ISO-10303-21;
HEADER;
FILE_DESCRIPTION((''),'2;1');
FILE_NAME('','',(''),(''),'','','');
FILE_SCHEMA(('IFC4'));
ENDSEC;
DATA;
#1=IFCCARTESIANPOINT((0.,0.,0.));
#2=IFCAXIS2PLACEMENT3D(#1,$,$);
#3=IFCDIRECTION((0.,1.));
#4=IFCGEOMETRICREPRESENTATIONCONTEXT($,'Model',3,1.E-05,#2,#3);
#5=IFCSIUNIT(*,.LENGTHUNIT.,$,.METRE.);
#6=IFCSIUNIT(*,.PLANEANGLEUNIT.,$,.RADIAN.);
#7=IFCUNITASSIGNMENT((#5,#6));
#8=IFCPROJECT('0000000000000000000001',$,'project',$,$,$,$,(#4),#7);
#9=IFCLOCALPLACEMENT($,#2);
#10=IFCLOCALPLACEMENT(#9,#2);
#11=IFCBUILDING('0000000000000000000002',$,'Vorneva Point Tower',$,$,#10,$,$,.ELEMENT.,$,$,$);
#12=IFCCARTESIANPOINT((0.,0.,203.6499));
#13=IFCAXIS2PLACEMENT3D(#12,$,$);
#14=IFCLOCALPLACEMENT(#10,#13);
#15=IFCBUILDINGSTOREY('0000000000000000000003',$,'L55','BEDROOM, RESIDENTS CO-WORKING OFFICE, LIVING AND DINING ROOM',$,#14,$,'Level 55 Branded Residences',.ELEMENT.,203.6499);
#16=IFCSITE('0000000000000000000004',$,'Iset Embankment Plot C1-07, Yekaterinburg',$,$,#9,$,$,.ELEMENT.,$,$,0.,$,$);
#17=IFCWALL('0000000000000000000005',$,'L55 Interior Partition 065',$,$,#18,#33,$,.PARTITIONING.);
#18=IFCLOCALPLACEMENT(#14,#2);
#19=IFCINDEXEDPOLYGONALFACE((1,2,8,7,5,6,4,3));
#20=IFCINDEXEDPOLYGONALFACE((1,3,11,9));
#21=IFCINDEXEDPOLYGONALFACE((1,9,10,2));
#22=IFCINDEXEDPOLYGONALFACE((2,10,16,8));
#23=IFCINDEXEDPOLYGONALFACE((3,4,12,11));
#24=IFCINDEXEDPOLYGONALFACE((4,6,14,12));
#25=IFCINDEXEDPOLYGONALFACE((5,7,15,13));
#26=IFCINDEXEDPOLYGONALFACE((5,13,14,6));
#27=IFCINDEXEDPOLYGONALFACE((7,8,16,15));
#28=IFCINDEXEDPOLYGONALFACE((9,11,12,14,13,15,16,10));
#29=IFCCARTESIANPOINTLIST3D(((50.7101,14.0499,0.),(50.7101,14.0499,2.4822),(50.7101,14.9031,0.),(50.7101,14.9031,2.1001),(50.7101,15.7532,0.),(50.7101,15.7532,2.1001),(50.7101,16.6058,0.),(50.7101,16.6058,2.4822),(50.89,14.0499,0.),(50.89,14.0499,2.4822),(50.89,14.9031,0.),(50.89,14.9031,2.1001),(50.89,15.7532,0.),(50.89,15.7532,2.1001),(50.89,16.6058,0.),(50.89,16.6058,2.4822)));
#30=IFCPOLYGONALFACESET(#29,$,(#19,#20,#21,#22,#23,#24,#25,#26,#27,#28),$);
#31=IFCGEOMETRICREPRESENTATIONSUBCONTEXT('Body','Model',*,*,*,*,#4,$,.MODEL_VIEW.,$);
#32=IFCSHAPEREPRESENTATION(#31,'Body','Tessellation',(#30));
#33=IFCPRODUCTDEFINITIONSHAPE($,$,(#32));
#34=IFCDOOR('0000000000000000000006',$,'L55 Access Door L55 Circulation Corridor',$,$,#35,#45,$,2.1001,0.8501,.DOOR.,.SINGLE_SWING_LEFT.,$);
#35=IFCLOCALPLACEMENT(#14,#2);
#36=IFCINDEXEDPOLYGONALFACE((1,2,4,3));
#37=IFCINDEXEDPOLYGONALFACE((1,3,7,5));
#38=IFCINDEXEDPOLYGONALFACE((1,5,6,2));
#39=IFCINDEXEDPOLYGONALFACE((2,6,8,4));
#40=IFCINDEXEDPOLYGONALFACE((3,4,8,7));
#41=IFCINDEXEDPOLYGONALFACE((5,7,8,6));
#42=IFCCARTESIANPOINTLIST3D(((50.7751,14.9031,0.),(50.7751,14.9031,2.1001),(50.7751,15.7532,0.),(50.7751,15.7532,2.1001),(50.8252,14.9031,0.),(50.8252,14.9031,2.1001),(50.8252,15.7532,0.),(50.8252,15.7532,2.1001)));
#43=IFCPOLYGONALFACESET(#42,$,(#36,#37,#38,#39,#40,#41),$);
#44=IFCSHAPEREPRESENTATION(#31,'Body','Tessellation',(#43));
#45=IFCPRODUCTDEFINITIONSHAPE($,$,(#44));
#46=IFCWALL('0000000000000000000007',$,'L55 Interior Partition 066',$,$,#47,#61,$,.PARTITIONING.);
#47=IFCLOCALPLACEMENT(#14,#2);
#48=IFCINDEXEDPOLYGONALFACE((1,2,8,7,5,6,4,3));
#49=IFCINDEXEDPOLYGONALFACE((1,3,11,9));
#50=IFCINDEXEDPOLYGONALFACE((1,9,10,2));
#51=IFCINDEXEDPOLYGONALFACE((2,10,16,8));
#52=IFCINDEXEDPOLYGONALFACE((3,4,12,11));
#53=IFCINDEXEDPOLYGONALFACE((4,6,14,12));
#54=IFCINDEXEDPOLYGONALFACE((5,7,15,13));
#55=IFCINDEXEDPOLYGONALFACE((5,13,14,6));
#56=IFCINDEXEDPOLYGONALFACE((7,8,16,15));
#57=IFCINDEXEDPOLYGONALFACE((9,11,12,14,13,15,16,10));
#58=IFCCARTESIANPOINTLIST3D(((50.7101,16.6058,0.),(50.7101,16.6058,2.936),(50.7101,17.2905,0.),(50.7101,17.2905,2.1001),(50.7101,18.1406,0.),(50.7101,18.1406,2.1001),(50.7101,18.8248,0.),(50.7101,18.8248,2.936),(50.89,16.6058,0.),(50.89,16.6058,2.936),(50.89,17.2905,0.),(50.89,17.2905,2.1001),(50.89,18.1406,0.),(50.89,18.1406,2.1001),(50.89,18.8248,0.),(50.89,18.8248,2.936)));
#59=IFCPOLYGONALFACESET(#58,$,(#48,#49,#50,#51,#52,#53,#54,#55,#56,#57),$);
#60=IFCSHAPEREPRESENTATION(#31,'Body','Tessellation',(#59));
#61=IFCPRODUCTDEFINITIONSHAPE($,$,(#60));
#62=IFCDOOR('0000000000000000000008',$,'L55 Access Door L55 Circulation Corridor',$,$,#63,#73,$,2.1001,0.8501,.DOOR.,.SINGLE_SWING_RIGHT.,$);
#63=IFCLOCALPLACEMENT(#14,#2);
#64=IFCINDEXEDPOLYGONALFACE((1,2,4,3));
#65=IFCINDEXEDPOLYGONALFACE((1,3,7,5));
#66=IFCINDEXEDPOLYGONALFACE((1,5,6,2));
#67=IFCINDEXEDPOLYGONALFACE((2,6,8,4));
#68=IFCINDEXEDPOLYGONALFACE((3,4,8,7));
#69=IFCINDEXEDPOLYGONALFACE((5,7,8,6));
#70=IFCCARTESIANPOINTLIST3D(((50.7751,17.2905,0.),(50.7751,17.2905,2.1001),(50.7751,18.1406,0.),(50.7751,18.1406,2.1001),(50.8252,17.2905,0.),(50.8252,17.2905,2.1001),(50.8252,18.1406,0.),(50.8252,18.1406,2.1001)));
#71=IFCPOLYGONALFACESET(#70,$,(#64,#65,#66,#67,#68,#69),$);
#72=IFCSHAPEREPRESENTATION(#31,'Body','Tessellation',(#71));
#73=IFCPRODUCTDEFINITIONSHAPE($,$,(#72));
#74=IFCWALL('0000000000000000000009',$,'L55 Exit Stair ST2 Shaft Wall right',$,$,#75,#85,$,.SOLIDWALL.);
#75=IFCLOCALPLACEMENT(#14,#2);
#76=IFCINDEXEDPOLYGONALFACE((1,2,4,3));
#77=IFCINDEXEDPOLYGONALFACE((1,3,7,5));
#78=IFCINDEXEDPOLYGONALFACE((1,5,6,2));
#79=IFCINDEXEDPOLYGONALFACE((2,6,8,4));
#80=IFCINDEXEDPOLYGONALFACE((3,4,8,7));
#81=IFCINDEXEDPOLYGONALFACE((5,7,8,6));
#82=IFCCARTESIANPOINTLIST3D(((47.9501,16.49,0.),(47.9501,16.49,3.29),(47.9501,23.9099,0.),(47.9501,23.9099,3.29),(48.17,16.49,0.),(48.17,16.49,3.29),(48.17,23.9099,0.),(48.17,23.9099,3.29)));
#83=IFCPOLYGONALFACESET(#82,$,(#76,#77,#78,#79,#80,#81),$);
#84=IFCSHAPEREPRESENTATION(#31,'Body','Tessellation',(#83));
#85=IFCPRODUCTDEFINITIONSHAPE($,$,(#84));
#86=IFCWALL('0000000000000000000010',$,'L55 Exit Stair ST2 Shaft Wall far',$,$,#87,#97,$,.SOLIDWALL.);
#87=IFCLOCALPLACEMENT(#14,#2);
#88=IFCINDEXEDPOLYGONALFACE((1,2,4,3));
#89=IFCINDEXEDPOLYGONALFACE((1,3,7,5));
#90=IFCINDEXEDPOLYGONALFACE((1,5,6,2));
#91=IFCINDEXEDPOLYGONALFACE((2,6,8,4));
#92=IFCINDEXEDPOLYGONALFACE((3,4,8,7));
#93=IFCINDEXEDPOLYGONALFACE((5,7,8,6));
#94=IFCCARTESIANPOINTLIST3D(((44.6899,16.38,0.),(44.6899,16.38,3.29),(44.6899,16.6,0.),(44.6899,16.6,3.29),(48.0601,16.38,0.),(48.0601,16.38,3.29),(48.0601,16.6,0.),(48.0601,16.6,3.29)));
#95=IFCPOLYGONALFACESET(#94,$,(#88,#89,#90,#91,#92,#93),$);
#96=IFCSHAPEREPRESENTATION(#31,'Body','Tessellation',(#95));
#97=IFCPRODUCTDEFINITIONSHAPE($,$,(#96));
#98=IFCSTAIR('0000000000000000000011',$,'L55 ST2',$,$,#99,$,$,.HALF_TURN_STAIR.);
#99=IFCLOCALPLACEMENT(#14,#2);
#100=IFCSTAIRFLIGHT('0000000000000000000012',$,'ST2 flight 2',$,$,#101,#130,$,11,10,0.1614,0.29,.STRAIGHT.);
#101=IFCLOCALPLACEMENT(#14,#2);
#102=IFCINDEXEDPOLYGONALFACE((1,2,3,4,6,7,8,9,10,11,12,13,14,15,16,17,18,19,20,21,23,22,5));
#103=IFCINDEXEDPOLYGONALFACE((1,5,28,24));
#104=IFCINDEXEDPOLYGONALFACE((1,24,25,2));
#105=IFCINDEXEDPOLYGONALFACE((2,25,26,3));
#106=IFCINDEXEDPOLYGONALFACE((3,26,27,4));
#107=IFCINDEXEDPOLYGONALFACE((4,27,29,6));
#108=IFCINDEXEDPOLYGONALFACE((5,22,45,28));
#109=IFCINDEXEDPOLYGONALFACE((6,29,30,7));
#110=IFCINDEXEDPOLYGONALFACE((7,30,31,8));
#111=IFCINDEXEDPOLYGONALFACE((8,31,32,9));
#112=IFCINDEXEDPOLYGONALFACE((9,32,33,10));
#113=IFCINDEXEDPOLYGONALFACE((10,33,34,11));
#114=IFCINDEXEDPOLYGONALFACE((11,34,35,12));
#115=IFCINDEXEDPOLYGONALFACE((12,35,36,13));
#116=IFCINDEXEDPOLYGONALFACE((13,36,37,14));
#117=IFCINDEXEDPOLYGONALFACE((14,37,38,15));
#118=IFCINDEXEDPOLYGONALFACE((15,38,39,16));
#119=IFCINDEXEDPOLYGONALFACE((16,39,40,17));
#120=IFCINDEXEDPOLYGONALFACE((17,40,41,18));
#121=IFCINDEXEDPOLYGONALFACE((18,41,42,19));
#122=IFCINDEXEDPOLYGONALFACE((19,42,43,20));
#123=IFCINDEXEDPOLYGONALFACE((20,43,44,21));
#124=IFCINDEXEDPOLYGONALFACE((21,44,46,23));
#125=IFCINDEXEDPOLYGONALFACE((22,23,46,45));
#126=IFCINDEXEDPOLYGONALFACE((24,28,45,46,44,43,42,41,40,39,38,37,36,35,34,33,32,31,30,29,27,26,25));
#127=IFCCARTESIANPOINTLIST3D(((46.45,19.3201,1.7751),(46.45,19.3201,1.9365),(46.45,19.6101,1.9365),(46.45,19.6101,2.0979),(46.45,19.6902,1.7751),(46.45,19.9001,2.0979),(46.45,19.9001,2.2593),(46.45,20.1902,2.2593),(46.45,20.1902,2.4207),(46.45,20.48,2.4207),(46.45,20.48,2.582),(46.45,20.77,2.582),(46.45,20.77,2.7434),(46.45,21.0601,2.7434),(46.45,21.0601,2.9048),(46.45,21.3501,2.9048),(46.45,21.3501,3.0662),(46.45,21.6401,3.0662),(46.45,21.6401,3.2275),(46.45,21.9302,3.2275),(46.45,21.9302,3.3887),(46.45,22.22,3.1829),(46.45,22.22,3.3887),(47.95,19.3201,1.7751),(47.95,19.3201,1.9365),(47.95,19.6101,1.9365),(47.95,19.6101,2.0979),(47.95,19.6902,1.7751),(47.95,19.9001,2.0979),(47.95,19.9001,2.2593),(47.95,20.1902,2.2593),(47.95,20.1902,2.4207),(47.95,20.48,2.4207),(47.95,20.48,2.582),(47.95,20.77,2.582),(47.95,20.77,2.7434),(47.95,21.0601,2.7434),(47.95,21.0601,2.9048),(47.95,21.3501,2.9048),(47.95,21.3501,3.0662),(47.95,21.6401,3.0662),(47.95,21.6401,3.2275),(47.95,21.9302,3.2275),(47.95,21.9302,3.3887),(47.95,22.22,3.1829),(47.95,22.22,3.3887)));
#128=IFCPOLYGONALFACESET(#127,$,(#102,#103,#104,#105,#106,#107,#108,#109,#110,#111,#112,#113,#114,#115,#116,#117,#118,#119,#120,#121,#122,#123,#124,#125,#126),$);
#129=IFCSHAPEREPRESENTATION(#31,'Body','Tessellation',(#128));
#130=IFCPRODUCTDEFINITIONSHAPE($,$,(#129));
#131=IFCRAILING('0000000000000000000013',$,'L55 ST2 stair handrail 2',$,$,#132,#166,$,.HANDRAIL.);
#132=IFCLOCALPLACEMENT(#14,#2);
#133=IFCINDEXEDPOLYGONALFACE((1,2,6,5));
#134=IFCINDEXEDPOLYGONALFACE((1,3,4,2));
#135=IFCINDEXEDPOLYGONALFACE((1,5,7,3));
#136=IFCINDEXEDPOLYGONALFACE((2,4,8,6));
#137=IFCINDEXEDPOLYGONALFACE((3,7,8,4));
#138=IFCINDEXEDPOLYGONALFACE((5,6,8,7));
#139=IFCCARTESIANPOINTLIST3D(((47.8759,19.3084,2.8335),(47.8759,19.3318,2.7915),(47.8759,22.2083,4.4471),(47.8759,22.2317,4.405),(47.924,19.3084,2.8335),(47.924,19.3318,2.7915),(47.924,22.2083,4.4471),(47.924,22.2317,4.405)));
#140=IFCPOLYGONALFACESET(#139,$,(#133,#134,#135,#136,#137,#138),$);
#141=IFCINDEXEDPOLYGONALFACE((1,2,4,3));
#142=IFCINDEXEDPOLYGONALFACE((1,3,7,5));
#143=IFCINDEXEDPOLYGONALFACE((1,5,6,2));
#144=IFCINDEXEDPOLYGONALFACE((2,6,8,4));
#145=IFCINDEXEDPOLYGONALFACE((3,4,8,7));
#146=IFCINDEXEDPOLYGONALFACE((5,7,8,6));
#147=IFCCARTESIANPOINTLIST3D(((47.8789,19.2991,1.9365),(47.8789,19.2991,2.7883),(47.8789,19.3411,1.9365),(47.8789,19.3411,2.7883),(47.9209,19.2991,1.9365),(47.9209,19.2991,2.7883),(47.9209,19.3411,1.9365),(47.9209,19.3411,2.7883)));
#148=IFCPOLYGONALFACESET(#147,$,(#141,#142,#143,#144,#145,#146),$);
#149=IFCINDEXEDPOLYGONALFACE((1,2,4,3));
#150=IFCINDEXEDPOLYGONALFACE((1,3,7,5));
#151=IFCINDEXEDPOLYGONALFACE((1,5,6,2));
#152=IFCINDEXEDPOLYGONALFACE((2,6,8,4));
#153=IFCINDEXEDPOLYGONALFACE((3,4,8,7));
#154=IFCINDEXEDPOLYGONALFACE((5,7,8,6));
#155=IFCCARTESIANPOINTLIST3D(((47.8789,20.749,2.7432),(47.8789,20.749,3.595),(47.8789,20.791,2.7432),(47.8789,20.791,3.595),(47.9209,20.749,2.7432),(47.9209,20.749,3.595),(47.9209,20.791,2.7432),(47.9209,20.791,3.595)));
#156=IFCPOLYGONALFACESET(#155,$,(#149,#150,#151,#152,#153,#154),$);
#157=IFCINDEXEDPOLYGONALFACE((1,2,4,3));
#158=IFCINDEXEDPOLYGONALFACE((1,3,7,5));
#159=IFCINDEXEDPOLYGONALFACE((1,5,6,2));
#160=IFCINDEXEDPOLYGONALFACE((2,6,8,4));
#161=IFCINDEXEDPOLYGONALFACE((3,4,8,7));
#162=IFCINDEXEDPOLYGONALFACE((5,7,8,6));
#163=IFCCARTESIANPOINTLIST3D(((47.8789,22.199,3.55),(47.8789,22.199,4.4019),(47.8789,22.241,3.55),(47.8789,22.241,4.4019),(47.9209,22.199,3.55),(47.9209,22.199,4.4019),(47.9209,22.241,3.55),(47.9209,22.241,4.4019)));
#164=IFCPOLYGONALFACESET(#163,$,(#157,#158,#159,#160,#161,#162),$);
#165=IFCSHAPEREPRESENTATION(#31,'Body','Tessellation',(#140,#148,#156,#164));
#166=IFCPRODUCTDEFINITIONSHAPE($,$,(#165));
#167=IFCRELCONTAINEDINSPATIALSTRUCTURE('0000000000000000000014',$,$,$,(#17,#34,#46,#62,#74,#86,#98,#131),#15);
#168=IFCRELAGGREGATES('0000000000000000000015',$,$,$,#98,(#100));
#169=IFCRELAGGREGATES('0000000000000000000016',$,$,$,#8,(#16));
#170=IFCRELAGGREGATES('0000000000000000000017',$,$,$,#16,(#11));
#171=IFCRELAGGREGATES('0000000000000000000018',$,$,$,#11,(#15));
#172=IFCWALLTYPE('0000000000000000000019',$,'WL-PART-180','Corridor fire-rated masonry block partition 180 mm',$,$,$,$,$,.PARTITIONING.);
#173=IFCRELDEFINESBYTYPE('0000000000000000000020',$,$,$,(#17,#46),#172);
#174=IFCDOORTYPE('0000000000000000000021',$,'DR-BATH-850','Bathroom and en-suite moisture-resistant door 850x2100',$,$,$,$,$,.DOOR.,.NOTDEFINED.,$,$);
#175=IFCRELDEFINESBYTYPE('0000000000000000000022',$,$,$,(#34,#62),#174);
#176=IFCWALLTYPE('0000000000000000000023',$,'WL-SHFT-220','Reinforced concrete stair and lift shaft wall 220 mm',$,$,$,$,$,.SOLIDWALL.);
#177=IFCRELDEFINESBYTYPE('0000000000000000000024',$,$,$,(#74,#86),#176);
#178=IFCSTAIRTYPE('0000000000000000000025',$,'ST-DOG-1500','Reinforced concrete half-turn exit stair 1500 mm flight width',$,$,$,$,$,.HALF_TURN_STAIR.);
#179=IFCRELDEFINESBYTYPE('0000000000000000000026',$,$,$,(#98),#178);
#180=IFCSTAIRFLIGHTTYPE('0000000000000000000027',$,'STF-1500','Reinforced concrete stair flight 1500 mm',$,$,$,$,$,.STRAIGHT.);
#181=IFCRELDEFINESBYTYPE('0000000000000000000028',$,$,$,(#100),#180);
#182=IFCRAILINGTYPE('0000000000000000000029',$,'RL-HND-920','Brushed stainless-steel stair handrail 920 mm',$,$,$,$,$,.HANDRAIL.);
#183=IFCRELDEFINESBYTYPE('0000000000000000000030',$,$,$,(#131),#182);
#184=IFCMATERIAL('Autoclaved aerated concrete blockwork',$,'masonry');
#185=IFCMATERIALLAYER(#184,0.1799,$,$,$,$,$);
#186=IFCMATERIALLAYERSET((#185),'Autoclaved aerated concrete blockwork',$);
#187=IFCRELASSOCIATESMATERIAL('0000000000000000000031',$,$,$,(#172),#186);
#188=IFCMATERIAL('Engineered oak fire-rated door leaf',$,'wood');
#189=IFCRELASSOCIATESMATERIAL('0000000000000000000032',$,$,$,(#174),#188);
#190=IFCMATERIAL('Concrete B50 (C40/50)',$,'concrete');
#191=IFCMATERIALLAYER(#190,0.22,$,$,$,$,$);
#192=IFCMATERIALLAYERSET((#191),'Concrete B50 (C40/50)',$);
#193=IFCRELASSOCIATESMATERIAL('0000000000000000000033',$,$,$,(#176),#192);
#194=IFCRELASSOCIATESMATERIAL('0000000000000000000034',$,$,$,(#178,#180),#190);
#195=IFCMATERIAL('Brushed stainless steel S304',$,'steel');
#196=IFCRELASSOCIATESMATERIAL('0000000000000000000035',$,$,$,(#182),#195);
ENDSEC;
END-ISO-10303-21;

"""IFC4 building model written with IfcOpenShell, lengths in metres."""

from ifc_helpers import new_model, si_unit, direction, frame, frame_2d, origin, origin_2d, place, context, subcontext, project, spatial, polyline, rectangle, outline, extrude, material, layer, layer_set, type_object, element, fill, aggregate, save


model = new_model("IFC4")

# Units and contexts
model_context = context("Model", 3, precision=1e-05, world=origin(), true_north=direction((0.0, 1.0)))
body_context = subcontext(model_context, "Body", "Model", "MODEL_VIEW")
ifc_project = project(units=[si_unit("LENGTHUNIT", "METRE"), si_unit("PLANEANGLEUNIT", "RADIAN")], contexts=[model_context])

# Site, building, storey
site_placement = place(None, origin())
site = spatial("IfcSite", under=ifc_project, at=site_placement, Name="Iset Embankment Plot C1-07, Yekaterinburg", CompositionType="ELEMENT", RefElevation=0.0)
building_placement = place(site_placement, origin())
building = spatial("IfcBuilding", under=site, at=building_placement, Name="Vorneva Point Tower", CompositionType="ELEMENT")
storey_placement = place(building_placement, frame((0.0, 0.0, 203.6499)))
storey = spatial("IfcBuildingStorey", under=building, at=storey_placement, Name="L55", Description="BEDROOM, RESIDENTS CO-WORKING OFFICE, LIVING AND DINING ROOM", LongName="Level 55 Branded Residences", CompositionType="ELEMENT", Elevation=203.6499)

# Shared definitions
ifc_material_1 = material(Name="Concrete B50 (C40/50)", Category="concrete")

# Shared definitions
ifc_material_2 = material(Name="Engineered oak fire-rated door leaf", Category="wood")

# Walls, openings, doors
ifc_material_3 = material(Name="Autoclaved aerated concrete blockwork", Category="masonry")
ifc_layer_1 = layer(ifc_material_3, 0.1799)
ifc_layer_set_1 = layer_set([ifc_layer_1], Name="Autoclaved aerated concrete blockwork")
wall_type_1 = type_object("IfcWallType", Name="WL-PART-180", Description="Corridor fire-rated masonry block partition 180 mm", PredefinedType="PARTITIONING", material=ifc_layer_set_1)
door_type_1 = type_object("IfcDoorType", Name="DR-BATH-850", Description="Bathroom and en-suite moisture-resistant door 850x2100", OperationType="NOTDEFINED", PredefinedType="DOOR", material=ifc_material_2)
wall_1_placement = place(storey_placement, frame((50.8, 14.05, 0.0), z_axis=(0.0, 0.0, 1.0), x_axis=(0.0, 1.0, 0.0)))
wall_1 = element("IfcWall", 1, at=wall_1_placement, inside=storey, type_object=wall_type_1, Name="L55 Interior Partition 065", PredefinedType="PARTITIONING", context=body_context, shape_type="SweptSolid", body=[
    extrude(rectangle(XDim=2.5559, YDim=0.1799, at=frame_2d((1.2778, 0.0))), origin(), (0.0, 0.0, 1.0), 2.4822),
])
opening_1_placement = place(wall_1_placement, frame((0.853, 0.0, 0.0)))
opening_1 = element("IfcOpeningElement", 2, at=opening_1_placement, cuts=wall_1, PredefinedType="OPENING", context=body_context, shape_type="SweptSolid", body=[
    extrude(rectangle(XDim=0.8501, YDim=2.1001, at=frame_2d((0.425, 1.05))), frame((0.0, 0.105, 0.0), z_axis=(0.0, -1.0, 0.0), x_axis=(1.0, 0.0, 0.0)), (0.0, 0.0, 1.0), 0.2097),
])
door_1_placement = place(opening_1_placement, origin())
door_1 = element("IfcDoor", 3, at=door_1_placement, inside=storey, type_object=door_type_1, Name="L55 Access Door L55 Circulation Corridor", OperationType="SINGLE_SWING_LEFT", OverallHeight=2.1001, OverallWidth=0.8501, PredefinedType="DOOR", context=body_context, shape_type="SweptSolid", body=[
    extrude(rectangle(XDim=0.8501, YDim=2.1001, at=frame_2d((0.425, 1.05))), frame((0.0, 0.0249, 0.0), z_axis=(0.0, -1.0, 0.0), x_axis=(1.0, 0.0, 0.0)), (0.0, 0.0, 1.0), 0.05),
])
fill(opening_1, door_1)
wall_2_placement = place(storey_placement, frame((50.8, 16.606, 0.0), z_axis=(0.0, 0.0, 1.0), x_axis=(0.0, 1.0, 0.0)))
wall_2 = element("IfcWall", 4, at=wall_2_placement, inside=storey, type_object=wall_type_1, Name="L55 Interior Partition 066", PredefinedType="PARTITIONING", context=body_context, shape_type="SweptSolid", body=[
    extrude(rectangle(XDim=2.219, YDim=0.1799, at=frame_2d((1.1094, 0.0))), origin(), (0.0, 0.0, 1.0), 2.936),
])
opening_2_placement = place(wall_2_placement, frame((0.6846, 0.0, 0.0)))
opening_2 = element("IfcOpeningElement", 5, at=opening_2_placement, cuts=wall_2, PredefinedType="OPENING", context=body_context, shape_type="SweptSolid", body=[
    extrude(rectangle(XDim=0.8501, YDim=2.1001, at=frame_2d((0.425, 1.05))), frame((0.0, 0.105, 0.0), z_axis=(0.0, -1.0, 0.0), x_axis=(1.0, 0.0, 0.0)), (0.0, 0.0, 1.0), 0.2097),
])
door_2_placement = place(opening_2_placement, origin())
door_2 = element("IfcDoor", 6, at=door_2_placement, inside=storey, type_object=door_type_1, Name="L55 Access Door L55 Circulation Corridor", OperationType="SINGLE_SWING_RIGHT", OverallHeight=2.1001, OverallWidth=0.8501, PredefinedType="DOOR", context=body_context, shape_type="SweptSolid", body=[
    extrude(rectangle(XDim=0.8501, YDim=2.1001, at=frame_2d((0.425, 1.05))), frame((0.0, 0.0249, 0.0), z_axis=(0.0, -1.0, 0.0), x_axis=(1.0, 0.0, 0.0)), (0.0, 0.0, 1.0), 0.05),
])
fill(opening_2, door_2)

# Walls
ifc_layer_2 = layer(ifc_material_1, 0.22)
ifc_layer_set_2 = layer_set([ifc_layer_2], Name="Concrete B50 (C40/50)")
wall_type_2 = type_object("IfcWallType", Name="WL-SHFT-220", Description="Reinforced concrete stair and lift shaft wall 220 mm", PredefinedType="SOLIDWALL", material=ifc_layer_set_2)
wall_3_placement = place(storey_placement, frame((48.0601, 23.9099, 0.0), z_axis=(0.0, 0.0, 1.0), x_axis=(0.0, -1.0, 0.0)))
element("IfcWall", 7, at=wall_3_placement, inside=storey, type_object=wall_type_2, Name="L55 Exit Stair ST2 Shaft Wall right", PredefinedType="SOLIDWALL", context=body_context, shape_type="SweptSolid", body=[
    extrude(rectangle(XDim=7.4199, YDim=0.22, at=frame_2d((3.71, 0.0))), origin(), (0.0, 0.0, 1.0), 3.29),
])
wall_4_placement = place(storey_placement, frame((48.0601, 16.49, 0.0), z_axis=(0.0, 0.0, 1.0), x_axis=(-1.0, 0.0, 0.0)))
element("IfcWall", 8, at=wall_4_placement, inside=storey, type_object=wall_type_2, Name="L55 Exit Stair ST2 Shaft Wall far", PredefinedType="SOLIDWALL", context=body_context, shape_type="SweptSolid", body=[
    extrude(rectangle(XDim=3.3701, YDim=0.22, at=frame_2d((1.6851, 0.0))), origin(), (0.0, 0.0, 1.0), 3.29),
])

# Stair, stair flight
stair_type = type_object("IfcStairType", Name="ST-DOG-1500", Description="Reinforced concrete half-turn exit stair 1500 mm flight width", PredefinedType="HALF_TURN_STAIR", material=ifc_material_1)
stair_placement = place(storey_placement, origin())
stair = element("IfcStair", 9, at=stair_placement, inside=storey, type_object=stair_type, Name="L55 ST2", PredefinedType="HALF_TURN_STAIR")
stair_flight_type = type_object("IfcStairFlightType", Name="STF-1500", Description="Reinforced concrete stair flight 1500 mm", PredefinedType="STRAIGHT", material=ifc_material_1)
stair_flight_placement = place(storey_placement, frame((47.2, 19.3201, 1.7751), z_axis=(0.0, 0.0, 1.0), x_axis=(0.0, 1.0, 0.0)))
stair_flight = element("IfcStairFlight", 10, at=stair_flight_placement, type_object=stair_flight_type, Name="ST2 flight 2", NumberOfRisers=11, NumberOfTreads=10, PredefinedType="STRAIGHT", RiserHeight=0.1614, TreadLength=0.29, context=body_context, shape_type="SweptSolid", body=[
    extrude(outline(polyline([(0.0, 0.0), (0.0, 0.1614), (0.29, 0.1614), (0.29, 0.3228), (0.5801, 0.3228), (0.5801, 0.4841), (0.8701, 0.4841), (0.8701, 0.6455), (1.1599, 0.6455), (1.1599, 0.8069), (1.45, 0.8069), (1.45, 0.9683), (1.74, 0.9683), (1.74, 1.1296), (2.03, 1.1296), (2.03, 1.291), (2.3201, 1.291), (2.3201, 1.4524), (2.6101, 1.4524), (2.6101, 1.6135), (2.8999, 1.6135), (2.8999, 1.7749), (2.8999, 1.4077), (0.3701, 0.0), (0.0, 0.0)])), frame((0.0, 0.75, 0.0), z_axis=(0.0, -1.0, 0.0), x_axis=(1.0, 0.0, 0.0)), (0.0, 0.0, 1.0), 1.5),
])
aggregate(stair, [stair_flight])

# Railing
ifc_material_4 = material(Name="Brushed stainless steel S304", Category="steel")
railing_type_1 = type_object("IfcRailingType", Name="RL-HND-920", Description="Brushed stainless-steel stair handrail 920 mm", PredefinedType="HANDRAIL", material=ifc_material_4)
railing_1_placement = place(storey_placement, frame((47.8999, 19.3201, 1.9365)))
element("IfcRailing", 11, at=railing_1_placement, inside=storey, type_object=railing_type_1, Name="L55 ST2 stair handrail 2", PredefinedType="HANDRAIL", context=body_context, shape_type="SweptSolid", body=[
    extrude(rectangle(XDim=0.0481, YDim=0.0481, at=origin_2d()), frame((0.0, 0.0, 0.876), z_axis=(0.0, 0.873841, 0.486211), x_axis=(-1.0, 0.0, 0.0)), (0.0, 0.0, 1.0), 3.3186),
    extrude(rectangle(XDim=0.042, YDim=0.042, at=origin_2d()), origin(), (0.0, 0.0, 1.0), 0.8518),
    extrude(rectangle(XDim=0.042, YDim=0.042, at=origin_2d()), frame((0.0, 1.45, 0.8066)), (0.0, 0.0, 1.0), 0.8518),
    extrude(rectangle(XDim=0.042, YDim=0.042, at=origin_2d()), frame((0.0, 2.8999, 1.6135)), (0.0, 0.0, 1.0), 0.8518),
])

save(model, "model.ifc")
